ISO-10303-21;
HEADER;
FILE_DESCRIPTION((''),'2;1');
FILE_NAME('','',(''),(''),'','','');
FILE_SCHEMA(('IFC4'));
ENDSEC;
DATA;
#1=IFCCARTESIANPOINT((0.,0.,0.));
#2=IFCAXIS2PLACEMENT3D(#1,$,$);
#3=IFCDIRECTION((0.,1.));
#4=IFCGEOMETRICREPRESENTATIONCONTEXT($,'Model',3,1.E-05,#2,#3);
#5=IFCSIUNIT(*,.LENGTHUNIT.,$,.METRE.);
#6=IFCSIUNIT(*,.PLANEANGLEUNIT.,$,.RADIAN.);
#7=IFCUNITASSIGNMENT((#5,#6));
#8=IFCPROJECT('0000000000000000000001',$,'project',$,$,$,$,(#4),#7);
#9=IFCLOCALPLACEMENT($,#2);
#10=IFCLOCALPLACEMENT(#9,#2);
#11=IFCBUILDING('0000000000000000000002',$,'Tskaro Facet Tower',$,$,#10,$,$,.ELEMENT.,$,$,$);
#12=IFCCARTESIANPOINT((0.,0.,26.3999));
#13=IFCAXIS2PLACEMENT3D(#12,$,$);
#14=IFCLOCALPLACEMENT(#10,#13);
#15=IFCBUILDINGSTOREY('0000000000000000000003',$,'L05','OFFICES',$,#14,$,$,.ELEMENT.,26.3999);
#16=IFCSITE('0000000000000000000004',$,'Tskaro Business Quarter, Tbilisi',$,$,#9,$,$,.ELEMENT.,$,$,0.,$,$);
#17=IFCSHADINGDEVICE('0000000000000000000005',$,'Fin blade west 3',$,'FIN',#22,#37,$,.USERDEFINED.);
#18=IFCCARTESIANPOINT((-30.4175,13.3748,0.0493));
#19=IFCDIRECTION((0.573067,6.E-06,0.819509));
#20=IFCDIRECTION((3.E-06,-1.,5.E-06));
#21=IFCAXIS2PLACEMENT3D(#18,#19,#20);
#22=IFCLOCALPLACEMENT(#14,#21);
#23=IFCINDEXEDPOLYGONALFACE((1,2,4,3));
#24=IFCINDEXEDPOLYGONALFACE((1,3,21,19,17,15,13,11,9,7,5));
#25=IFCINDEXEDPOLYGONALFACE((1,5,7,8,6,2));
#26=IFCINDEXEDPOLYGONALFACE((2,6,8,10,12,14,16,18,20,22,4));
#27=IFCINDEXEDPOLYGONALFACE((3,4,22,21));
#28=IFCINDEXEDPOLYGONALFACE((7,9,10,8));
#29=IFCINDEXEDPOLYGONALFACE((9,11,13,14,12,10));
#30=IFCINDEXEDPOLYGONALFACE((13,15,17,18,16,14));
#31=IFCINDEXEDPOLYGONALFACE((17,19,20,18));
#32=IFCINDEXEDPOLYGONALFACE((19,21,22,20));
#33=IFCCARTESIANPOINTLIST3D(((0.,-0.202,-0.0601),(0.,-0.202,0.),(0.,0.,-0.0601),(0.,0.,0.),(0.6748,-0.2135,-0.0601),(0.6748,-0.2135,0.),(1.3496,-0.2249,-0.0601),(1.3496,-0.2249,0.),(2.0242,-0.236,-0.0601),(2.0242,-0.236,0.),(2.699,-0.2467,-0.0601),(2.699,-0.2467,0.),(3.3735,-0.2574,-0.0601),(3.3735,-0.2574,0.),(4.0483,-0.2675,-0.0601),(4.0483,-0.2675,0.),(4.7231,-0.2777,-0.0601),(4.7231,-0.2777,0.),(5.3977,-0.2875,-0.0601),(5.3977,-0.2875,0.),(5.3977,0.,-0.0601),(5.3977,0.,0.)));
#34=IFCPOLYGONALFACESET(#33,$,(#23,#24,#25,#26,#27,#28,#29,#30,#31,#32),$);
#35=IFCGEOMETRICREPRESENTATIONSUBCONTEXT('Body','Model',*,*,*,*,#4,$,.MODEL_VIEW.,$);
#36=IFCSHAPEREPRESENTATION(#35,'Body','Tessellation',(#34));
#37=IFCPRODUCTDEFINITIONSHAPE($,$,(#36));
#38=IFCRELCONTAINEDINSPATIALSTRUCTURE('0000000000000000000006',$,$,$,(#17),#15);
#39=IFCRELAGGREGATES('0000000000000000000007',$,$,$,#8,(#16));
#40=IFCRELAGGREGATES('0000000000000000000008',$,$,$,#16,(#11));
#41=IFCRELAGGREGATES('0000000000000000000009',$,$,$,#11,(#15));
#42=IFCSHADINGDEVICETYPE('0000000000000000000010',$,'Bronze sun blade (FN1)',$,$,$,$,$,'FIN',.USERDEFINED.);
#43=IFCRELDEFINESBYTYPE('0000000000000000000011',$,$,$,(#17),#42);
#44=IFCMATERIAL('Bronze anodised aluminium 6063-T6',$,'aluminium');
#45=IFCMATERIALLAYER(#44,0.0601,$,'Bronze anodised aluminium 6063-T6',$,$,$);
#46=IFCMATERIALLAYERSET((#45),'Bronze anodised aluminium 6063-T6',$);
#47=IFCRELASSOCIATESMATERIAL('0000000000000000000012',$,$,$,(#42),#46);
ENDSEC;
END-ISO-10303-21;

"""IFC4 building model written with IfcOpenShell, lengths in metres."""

from ifc_helpers import new_model, si_unit, direction, frame, origin, place, context, subcontext, project, spatial, polyline, outline, extrude, material, layer, layer_set, type_object, element, save


model = new_model("IFC4")

# Units and contexts
model_context = context("Model", 3, precision=1e-05, world=origin(), true_north=direction((0.0, 1.0)))
body_context = subcontext(model_context, "Body", "Model", "MODEL_VIEW")
ifc_project = project(units=[si_unit("LENGTHUNIT", "METRE"), si_unit("PLANEANGLEUNIT", "RADIAN")], contexts=[model_context])

# Site, building, storey
site_placement = place(None, origin())
site = spatial("IfcSite", under=ifc_project, at=site_placement, Name="Tskaro Business Quarter, Tbilisi", CompositionType="ELEMENT", RefElevation=0.0)
building_placement = place(site_placement, origin())
building = spatial("IfcBuilding", under=site, at=building_placement, Name="Tskaro Facet Tower", CompositionType="ELEMENT")
storey_placement = place(building_placement, frame((0.0, 0.0, 26.3999)))
storey = spatial("IfcBuildingStorey", under=building, at=storey_placement, Name="L05", Description="OFFICES", CompositionType="ELEMENT", Elevation=26.3999)

# Shared definitions
ifc_material_1 = material(Name="Bronze anodised aluminium 6063-T6", Category="aluminium")

# Shading device
ifc_layer_1 = layer(ifc_material_1, 0.0601, Name="Bronze anodised aluminium 6063-T6")
ifc_layer_set_1 = layer_set([ifc_layer_1], Name="Bronze anodised aluminium 6063-T6")
shading_device_type = type_object("IfcShadingDeviceType", Name="Bronze sun blade (FN1)", ElementType="FIN", PredefinedType="USERDEFINED", material=ifc_layer_set_1)
shading_device_1_placement = place(storey_placement, frame((-30.4175, 13.3748, 0.0493), z_axis=(0.573067, 0.000006, 0.819509), x_axis=(0.000003, -1.0, 0.000005)))
element("IfcShadingDevice", 1, at=shading_device_1_placement, inside=storey, type_object=shading_device_type, Name="Fin blade west 3", ObjectType="FIN", PredefinedType="USERDEFINED", context=body_context, shape_type="SweptSolid", body=[
    extrude(outline(polyline([(0.0, 0.0), (5.3977, 0.0), (5.3977, -0.2875), (4.7231, -0.2777), (4.0483, -0.2675), (3.3735, -0.2574), (2.699, -0.2467), (2.0242, -0.236), (1.3496, -0.2249), (0.6748, -0.2135), (0.0, -0.202), (0.0, 0.0)])), origin(), (0.0, 0.0, -1.0), 0.0601),
])

save(model, "model.ifc")
